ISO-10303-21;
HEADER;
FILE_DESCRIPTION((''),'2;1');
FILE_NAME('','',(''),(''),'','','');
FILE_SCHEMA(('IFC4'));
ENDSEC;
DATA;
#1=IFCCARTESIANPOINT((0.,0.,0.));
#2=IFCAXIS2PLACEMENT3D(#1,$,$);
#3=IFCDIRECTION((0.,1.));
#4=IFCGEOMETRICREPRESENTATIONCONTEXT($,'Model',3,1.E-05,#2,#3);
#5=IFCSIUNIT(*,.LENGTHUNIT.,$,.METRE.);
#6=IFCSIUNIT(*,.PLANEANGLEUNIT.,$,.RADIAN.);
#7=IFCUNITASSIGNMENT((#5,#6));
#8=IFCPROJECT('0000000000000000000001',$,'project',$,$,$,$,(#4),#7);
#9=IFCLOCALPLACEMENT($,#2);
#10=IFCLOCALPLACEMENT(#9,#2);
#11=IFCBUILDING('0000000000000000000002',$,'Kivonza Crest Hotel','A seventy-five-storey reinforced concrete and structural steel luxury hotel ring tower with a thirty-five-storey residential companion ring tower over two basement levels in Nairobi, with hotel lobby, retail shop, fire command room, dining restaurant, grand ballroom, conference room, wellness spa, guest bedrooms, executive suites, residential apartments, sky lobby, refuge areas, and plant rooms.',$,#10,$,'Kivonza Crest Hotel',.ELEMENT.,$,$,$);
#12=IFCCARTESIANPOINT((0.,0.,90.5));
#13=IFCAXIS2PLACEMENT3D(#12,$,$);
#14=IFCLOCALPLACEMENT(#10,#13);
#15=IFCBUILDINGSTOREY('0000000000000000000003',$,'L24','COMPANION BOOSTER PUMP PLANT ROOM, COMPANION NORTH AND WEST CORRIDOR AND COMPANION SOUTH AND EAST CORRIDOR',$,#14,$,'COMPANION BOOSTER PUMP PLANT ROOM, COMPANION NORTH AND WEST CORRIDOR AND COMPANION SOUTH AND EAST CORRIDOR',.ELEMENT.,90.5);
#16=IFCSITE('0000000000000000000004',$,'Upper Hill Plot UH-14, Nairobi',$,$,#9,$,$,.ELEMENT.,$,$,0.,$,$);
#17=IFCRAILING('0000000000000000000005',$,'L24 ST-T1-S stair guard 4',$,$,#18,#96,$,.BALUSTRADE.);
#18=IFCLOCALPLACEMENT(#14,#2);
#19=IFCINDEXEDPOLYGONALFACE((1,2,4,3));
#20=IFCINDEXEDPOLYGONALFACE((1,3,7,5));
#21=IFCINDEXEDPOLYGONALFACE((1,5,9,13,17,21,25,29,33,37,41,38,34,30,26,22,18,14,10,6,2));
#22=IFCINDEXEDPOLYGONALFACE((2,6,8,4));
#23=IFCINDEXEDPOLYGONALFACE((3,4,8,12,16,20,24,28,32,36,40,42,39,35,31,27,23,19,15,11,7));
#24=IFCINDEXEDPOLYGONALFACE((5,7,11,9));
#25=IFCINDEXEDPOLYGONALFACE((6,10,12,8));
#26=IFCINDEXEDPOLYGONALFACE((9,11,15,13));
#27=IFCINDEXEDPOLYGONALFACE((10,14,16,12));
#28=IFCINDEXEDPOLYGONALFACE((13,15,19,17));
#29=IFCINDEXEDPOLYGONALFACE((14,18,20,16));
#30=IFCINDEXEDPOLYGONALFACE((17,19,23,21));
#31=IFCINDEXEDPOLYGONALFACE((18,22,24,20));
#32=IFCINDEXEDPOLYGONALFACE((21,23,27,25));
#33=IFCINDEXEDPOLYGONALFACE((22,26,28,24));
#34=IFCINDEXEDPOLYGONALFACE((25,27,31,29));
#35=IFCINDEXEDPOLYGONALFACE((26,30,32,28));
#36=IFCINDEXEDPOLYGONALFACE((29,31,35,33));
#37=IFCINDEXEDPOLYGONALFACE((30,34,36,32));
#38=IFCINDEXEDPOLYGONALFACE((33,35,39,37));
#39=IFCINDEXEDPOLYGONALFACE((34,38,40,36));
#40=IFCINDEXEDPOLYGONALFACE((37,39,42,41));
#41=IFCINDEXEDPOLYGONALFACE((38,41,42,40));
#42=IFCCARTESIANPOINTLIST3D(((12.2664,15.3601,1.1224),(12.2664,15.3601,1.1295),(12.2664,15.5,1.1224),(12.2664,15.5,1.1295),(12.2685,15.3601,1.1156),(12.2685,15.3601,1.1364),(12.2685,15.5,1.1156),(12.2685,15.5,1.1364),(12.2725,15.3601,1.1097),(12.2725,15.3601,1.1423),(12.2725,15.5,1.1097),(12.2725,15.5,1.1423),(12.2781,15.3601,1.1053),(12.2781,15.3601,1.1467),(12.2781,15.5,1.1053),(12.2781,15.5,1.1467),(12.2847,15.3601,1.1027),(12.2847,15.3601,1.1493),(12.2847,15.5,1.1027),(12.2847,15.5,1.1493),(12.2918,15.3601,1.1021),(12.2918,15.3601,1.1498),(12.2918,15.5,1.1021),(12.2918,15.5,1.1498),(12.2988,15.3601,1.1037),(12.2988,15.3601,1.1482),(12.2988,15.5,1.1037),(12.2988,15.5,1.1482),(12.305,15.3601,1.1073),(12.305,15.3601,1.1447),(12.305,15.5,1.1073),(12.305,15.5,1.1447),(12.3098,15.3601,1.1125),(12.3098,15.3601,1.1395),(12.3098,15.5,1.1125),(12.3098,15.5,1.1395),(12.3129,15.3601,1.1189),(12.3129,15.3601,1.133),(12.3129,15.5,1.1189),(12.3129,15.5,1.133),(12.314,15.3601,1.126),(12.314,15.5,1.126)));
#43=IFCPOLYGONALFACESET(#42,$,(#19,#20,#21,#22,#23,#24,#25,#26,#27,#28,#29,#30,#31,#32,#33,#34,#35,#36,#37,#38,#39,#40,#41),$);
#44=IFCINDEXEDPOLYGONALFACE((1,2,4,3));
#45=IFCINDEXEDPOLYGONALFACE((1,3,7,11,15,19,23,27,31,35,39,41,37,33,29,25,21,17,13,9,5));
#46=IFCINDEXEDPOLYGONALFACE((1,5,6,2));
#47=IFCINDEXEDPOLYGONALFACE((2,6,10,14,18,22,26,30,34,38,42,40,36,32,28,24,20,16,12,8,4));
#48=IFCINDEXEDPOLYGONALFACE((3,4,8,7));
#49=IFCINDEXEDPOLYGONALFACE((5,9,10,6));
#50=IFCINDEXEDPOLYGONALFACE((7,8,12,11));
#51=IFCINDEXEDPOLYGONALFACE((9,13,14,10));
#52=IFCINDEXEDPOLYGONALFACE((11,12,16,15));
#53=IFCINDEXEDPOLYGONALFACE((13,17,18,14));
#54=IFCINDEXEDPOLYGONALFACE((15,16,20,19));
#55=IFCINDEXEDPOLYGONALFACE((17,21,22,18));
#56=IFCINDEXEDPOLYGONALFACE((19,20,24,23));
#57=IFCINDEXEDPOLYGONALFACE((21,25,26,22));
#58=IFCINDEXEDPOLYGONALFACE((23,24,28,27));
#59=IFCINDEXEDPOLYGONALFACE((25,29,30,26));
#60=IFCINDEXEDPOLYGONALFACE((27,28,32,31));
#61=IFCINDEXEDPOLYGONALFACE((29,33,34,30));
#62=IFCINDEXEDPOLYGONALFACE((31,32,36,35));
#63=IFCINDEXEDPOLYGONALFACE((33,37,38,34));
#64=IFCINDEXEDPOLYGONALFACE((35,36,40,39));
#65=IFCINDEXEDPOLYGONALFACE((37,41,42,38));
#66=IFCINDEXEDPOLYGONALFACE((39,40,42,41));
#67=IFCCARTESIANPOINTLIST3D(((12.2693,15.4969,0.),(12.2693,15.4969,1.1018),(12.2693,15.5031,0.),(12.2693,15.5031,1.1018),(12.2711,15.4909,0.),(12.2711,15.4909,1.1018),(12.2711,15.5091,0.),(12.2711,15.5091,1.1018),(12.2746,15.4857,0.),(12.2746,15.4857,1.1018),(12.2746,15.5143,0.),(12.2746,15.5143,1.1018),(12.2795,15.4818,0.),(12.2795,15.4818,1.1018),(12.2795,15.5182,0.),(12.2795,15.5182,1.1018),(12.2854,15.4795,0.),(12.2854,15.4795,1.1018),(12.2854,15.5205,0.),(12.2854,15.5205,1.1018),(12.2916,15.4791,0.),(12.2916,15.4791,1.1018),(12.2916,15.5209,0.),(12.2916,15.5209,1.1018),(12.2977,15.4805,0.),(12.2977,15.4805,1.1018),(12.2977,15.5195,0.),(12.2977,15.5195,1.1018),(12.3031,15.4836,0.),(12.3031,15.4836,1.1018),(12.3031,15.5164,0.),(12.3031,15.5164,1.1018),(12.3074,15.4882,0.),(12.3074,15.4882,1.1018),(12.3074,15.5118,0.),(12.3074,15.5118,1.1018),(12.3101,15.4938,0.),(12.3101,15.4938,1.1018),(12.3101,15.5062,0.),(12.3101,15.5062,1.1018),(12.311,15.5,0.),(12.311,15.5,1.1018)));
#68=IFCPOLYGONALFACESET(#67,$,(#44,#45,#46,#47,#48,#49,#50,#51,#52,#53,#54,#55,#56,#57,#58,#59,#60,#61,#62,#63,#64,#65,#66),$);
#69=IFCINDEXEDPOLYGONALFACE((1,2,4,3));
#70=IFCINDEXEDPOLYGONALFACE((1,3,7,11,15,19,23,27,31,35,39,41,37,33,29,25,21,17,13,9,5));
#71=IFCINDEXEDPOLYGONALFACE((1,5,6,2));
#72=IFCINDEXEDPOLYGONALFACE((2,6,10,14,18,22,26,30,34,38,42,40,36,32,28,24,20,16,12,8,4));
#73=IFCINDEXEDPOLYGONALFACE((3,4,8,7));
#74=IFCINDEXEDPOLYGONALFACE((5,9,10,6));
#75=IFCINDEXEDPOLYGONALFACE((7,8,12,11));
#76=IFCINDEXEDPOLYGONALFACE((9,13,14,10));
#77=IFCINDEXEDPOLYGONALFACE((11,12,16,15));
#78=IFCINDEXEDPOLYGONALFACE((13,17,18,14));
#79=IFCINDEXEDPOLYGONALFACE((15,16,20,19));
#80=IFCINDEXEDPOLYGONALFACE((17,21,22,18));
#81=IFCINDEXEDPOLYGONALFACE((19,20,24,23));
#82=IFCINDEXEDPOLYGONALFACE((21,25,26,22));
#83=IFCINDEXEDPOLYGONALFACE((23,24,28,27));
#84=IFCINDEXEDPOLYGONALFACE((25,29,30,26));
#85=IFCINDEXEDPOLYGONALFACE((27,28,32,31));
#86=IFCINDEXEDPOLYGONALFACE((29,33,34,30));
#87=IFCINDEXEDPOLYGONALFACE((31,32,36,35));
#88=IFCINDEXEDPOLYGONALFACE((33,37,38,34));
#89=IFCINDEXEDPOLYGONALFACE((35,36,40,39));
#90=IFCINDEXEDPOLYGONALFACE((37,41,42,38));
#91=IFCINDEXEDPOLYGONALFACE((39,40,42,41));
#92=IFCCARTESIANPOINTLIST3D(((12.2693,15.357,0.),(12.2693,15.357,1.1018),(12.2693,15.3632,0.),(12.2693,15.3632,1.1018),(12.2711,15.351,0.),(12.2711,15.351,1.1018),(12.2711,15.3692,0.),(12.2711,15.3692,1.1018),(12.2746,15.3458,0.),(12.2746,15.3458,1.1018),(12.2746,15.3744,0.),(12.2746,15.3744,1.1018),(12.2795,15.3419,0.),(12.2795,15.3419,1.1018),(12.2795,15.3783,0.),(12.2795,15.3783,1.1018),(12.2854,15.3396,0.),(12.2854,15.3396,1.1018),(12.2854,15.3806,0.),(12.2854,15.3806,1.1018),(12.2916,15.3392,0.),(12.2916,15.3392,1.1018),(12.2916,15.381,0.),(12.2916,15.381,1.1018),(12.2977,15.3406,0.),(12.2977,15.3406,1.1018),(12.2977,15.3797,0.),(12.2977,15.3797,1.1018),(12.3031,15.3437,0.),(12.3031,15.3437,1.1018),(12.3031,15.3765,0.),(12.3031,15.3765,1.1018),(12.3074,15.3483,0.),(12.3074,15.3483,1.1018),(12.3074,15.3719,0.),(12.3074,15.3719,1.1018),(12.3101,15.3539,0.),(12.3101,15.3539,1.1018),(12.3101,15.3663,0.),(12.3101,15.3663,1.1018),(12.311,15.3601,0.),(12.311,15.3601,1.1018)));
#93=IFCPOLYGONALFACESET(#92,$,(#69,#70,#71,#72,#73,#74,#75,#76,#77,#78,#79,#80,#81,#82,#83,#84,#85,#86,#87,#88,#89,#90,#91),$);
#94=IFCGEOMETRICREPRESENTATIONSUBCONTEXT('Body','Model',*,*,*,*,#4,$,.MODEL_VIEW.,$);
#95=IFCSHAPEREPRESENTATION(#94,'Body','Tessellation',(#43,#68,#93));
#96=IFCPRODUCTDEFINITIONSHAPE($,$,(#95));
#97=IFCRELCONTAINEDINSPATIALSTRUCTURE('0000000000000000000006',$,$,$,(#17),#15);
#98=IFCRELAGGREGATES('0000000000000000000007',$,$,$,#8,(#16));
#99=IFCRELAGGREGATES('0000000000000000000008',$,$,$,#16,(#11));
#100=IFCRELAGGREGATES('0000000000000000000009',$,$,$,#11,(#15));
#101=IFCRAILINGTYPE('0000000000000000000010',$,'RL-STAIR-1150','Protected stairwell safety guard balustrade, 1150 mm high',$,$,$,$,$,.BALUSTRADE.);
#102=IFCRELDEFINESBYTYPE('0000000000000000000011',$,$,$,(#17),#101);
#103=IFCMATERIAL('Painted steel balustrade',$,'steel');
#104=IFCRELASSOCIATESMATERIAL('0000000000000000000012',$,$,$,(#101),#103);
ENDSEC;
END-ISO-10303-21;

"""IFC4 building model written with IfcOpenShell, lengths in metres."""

from ifc_helpers import new_model, si_unit, direction, frame, origin, origin_2d, place, context, subcontext, project, spatial, circle, extrude, material, type_object, element, save


model = new_model("IFC4")

# Units and contexts
model_context = context("Model", 3, precision=1e-05, world=origin(), true_north=direction((0.0, 1.0)))
body_context = subcontext(model_context, "Body", "Model", "MODEL_VIEW")
ifc_project = project(units=[si_unit("LENGTHUNIT", "METRE"), si_unit("PLANEANGLEUNIT", "RADIAN")], contexts=[model_context])

# Site, building, storey
site_placement = place(None, origin())
site = spatial("IfcSite", under=ifc_project, at=site_placement, Name="Upper Hill Plot UH-14, Nairobi", CompositionType="ELEMENT", RefElevation=0.0)
building_placement = place(site_placement, origin())
building = spatial("IfcBuilding", under=site, at=building_placement, Name="Kivonza Crest Hotel", Description="A seventy-five-storey reinforced concrete and structural steel luxury hotel ring tower with a thirty-five-storey residential companion ring tower over two basement levels in Nairobi, with hotel lobby, retail shop, fire command room, dining restaurant, grand ballroom, conference room, wellness spa, guest bedrooms, executive suites, residential apartments, sky lobby, refuge areas, and plant rooms.", LongName="Kivonza Crest Hotel", CompositionType="ELEMENT")
storey_placement = place(building_placement, frame((0.0, 0.0, 90.5)))
storey = spatial("IfcBuildingStorey", under=building, at=storey_placement, Name="L24", Description="COMPANION BOOSTER PUMP PLANT ROOM, COMPANION NORTH AND WEST CORRIDOR AND COMPANION SOUTH AND EAST CORRIDOR", LongName="COMPANION BOOSTER PUMP PLANT ROOM, COMPANION NORTH AND WEST CORRIDOR AND COMPANION SOUTH AND EAST CORRIDOR", CompositionType="ELEMENT", Elevation=90.5)

# Railing
ifc_material_1 = material(Name="Painted steel balustrade", Category="steel")
railing_type_1 = type_object("IfcRailingType", Name="RL-STAIR-1150", Description="Protected stairwell safety guard balustrade, 1150 mm high", PredefinedType="BALUSTRADE", material=ifc_material_1)
railing_1_placement = place(storey_placement, frame((12.29, 15.5, 0.0)))
element("IfcRailing", 1, at=railing_1_placement, inside=storey, type_object=railing_type_1, Name="L24 ST-T1-S stair guard 4", PredefinedType="BALUSTRADE", context=body_context, shape_type="SweptSolid", body=[
    extrude(circle(Radius=0.0239, at=origin_2d()), frame((0.0, 0.0, 1.126), z_axis=(0.0, -1.0, 0.0), x_axis=(1.0, 0.0, 0.0)), (0.0, 0.0, 1.0), 0.1399),
    extrude(circle(Radius=0.021, at=origin_2d()), origin(), (0.0, 0.0, 1.0), 1.1018),
    extrude(circle(Radius=0.021, at=origin_2d()), frame((0.0, -0.1399, 0.0)), (0.0, 0.0, 1.0), 1.1018),
])

save(model, "model.ifc")
